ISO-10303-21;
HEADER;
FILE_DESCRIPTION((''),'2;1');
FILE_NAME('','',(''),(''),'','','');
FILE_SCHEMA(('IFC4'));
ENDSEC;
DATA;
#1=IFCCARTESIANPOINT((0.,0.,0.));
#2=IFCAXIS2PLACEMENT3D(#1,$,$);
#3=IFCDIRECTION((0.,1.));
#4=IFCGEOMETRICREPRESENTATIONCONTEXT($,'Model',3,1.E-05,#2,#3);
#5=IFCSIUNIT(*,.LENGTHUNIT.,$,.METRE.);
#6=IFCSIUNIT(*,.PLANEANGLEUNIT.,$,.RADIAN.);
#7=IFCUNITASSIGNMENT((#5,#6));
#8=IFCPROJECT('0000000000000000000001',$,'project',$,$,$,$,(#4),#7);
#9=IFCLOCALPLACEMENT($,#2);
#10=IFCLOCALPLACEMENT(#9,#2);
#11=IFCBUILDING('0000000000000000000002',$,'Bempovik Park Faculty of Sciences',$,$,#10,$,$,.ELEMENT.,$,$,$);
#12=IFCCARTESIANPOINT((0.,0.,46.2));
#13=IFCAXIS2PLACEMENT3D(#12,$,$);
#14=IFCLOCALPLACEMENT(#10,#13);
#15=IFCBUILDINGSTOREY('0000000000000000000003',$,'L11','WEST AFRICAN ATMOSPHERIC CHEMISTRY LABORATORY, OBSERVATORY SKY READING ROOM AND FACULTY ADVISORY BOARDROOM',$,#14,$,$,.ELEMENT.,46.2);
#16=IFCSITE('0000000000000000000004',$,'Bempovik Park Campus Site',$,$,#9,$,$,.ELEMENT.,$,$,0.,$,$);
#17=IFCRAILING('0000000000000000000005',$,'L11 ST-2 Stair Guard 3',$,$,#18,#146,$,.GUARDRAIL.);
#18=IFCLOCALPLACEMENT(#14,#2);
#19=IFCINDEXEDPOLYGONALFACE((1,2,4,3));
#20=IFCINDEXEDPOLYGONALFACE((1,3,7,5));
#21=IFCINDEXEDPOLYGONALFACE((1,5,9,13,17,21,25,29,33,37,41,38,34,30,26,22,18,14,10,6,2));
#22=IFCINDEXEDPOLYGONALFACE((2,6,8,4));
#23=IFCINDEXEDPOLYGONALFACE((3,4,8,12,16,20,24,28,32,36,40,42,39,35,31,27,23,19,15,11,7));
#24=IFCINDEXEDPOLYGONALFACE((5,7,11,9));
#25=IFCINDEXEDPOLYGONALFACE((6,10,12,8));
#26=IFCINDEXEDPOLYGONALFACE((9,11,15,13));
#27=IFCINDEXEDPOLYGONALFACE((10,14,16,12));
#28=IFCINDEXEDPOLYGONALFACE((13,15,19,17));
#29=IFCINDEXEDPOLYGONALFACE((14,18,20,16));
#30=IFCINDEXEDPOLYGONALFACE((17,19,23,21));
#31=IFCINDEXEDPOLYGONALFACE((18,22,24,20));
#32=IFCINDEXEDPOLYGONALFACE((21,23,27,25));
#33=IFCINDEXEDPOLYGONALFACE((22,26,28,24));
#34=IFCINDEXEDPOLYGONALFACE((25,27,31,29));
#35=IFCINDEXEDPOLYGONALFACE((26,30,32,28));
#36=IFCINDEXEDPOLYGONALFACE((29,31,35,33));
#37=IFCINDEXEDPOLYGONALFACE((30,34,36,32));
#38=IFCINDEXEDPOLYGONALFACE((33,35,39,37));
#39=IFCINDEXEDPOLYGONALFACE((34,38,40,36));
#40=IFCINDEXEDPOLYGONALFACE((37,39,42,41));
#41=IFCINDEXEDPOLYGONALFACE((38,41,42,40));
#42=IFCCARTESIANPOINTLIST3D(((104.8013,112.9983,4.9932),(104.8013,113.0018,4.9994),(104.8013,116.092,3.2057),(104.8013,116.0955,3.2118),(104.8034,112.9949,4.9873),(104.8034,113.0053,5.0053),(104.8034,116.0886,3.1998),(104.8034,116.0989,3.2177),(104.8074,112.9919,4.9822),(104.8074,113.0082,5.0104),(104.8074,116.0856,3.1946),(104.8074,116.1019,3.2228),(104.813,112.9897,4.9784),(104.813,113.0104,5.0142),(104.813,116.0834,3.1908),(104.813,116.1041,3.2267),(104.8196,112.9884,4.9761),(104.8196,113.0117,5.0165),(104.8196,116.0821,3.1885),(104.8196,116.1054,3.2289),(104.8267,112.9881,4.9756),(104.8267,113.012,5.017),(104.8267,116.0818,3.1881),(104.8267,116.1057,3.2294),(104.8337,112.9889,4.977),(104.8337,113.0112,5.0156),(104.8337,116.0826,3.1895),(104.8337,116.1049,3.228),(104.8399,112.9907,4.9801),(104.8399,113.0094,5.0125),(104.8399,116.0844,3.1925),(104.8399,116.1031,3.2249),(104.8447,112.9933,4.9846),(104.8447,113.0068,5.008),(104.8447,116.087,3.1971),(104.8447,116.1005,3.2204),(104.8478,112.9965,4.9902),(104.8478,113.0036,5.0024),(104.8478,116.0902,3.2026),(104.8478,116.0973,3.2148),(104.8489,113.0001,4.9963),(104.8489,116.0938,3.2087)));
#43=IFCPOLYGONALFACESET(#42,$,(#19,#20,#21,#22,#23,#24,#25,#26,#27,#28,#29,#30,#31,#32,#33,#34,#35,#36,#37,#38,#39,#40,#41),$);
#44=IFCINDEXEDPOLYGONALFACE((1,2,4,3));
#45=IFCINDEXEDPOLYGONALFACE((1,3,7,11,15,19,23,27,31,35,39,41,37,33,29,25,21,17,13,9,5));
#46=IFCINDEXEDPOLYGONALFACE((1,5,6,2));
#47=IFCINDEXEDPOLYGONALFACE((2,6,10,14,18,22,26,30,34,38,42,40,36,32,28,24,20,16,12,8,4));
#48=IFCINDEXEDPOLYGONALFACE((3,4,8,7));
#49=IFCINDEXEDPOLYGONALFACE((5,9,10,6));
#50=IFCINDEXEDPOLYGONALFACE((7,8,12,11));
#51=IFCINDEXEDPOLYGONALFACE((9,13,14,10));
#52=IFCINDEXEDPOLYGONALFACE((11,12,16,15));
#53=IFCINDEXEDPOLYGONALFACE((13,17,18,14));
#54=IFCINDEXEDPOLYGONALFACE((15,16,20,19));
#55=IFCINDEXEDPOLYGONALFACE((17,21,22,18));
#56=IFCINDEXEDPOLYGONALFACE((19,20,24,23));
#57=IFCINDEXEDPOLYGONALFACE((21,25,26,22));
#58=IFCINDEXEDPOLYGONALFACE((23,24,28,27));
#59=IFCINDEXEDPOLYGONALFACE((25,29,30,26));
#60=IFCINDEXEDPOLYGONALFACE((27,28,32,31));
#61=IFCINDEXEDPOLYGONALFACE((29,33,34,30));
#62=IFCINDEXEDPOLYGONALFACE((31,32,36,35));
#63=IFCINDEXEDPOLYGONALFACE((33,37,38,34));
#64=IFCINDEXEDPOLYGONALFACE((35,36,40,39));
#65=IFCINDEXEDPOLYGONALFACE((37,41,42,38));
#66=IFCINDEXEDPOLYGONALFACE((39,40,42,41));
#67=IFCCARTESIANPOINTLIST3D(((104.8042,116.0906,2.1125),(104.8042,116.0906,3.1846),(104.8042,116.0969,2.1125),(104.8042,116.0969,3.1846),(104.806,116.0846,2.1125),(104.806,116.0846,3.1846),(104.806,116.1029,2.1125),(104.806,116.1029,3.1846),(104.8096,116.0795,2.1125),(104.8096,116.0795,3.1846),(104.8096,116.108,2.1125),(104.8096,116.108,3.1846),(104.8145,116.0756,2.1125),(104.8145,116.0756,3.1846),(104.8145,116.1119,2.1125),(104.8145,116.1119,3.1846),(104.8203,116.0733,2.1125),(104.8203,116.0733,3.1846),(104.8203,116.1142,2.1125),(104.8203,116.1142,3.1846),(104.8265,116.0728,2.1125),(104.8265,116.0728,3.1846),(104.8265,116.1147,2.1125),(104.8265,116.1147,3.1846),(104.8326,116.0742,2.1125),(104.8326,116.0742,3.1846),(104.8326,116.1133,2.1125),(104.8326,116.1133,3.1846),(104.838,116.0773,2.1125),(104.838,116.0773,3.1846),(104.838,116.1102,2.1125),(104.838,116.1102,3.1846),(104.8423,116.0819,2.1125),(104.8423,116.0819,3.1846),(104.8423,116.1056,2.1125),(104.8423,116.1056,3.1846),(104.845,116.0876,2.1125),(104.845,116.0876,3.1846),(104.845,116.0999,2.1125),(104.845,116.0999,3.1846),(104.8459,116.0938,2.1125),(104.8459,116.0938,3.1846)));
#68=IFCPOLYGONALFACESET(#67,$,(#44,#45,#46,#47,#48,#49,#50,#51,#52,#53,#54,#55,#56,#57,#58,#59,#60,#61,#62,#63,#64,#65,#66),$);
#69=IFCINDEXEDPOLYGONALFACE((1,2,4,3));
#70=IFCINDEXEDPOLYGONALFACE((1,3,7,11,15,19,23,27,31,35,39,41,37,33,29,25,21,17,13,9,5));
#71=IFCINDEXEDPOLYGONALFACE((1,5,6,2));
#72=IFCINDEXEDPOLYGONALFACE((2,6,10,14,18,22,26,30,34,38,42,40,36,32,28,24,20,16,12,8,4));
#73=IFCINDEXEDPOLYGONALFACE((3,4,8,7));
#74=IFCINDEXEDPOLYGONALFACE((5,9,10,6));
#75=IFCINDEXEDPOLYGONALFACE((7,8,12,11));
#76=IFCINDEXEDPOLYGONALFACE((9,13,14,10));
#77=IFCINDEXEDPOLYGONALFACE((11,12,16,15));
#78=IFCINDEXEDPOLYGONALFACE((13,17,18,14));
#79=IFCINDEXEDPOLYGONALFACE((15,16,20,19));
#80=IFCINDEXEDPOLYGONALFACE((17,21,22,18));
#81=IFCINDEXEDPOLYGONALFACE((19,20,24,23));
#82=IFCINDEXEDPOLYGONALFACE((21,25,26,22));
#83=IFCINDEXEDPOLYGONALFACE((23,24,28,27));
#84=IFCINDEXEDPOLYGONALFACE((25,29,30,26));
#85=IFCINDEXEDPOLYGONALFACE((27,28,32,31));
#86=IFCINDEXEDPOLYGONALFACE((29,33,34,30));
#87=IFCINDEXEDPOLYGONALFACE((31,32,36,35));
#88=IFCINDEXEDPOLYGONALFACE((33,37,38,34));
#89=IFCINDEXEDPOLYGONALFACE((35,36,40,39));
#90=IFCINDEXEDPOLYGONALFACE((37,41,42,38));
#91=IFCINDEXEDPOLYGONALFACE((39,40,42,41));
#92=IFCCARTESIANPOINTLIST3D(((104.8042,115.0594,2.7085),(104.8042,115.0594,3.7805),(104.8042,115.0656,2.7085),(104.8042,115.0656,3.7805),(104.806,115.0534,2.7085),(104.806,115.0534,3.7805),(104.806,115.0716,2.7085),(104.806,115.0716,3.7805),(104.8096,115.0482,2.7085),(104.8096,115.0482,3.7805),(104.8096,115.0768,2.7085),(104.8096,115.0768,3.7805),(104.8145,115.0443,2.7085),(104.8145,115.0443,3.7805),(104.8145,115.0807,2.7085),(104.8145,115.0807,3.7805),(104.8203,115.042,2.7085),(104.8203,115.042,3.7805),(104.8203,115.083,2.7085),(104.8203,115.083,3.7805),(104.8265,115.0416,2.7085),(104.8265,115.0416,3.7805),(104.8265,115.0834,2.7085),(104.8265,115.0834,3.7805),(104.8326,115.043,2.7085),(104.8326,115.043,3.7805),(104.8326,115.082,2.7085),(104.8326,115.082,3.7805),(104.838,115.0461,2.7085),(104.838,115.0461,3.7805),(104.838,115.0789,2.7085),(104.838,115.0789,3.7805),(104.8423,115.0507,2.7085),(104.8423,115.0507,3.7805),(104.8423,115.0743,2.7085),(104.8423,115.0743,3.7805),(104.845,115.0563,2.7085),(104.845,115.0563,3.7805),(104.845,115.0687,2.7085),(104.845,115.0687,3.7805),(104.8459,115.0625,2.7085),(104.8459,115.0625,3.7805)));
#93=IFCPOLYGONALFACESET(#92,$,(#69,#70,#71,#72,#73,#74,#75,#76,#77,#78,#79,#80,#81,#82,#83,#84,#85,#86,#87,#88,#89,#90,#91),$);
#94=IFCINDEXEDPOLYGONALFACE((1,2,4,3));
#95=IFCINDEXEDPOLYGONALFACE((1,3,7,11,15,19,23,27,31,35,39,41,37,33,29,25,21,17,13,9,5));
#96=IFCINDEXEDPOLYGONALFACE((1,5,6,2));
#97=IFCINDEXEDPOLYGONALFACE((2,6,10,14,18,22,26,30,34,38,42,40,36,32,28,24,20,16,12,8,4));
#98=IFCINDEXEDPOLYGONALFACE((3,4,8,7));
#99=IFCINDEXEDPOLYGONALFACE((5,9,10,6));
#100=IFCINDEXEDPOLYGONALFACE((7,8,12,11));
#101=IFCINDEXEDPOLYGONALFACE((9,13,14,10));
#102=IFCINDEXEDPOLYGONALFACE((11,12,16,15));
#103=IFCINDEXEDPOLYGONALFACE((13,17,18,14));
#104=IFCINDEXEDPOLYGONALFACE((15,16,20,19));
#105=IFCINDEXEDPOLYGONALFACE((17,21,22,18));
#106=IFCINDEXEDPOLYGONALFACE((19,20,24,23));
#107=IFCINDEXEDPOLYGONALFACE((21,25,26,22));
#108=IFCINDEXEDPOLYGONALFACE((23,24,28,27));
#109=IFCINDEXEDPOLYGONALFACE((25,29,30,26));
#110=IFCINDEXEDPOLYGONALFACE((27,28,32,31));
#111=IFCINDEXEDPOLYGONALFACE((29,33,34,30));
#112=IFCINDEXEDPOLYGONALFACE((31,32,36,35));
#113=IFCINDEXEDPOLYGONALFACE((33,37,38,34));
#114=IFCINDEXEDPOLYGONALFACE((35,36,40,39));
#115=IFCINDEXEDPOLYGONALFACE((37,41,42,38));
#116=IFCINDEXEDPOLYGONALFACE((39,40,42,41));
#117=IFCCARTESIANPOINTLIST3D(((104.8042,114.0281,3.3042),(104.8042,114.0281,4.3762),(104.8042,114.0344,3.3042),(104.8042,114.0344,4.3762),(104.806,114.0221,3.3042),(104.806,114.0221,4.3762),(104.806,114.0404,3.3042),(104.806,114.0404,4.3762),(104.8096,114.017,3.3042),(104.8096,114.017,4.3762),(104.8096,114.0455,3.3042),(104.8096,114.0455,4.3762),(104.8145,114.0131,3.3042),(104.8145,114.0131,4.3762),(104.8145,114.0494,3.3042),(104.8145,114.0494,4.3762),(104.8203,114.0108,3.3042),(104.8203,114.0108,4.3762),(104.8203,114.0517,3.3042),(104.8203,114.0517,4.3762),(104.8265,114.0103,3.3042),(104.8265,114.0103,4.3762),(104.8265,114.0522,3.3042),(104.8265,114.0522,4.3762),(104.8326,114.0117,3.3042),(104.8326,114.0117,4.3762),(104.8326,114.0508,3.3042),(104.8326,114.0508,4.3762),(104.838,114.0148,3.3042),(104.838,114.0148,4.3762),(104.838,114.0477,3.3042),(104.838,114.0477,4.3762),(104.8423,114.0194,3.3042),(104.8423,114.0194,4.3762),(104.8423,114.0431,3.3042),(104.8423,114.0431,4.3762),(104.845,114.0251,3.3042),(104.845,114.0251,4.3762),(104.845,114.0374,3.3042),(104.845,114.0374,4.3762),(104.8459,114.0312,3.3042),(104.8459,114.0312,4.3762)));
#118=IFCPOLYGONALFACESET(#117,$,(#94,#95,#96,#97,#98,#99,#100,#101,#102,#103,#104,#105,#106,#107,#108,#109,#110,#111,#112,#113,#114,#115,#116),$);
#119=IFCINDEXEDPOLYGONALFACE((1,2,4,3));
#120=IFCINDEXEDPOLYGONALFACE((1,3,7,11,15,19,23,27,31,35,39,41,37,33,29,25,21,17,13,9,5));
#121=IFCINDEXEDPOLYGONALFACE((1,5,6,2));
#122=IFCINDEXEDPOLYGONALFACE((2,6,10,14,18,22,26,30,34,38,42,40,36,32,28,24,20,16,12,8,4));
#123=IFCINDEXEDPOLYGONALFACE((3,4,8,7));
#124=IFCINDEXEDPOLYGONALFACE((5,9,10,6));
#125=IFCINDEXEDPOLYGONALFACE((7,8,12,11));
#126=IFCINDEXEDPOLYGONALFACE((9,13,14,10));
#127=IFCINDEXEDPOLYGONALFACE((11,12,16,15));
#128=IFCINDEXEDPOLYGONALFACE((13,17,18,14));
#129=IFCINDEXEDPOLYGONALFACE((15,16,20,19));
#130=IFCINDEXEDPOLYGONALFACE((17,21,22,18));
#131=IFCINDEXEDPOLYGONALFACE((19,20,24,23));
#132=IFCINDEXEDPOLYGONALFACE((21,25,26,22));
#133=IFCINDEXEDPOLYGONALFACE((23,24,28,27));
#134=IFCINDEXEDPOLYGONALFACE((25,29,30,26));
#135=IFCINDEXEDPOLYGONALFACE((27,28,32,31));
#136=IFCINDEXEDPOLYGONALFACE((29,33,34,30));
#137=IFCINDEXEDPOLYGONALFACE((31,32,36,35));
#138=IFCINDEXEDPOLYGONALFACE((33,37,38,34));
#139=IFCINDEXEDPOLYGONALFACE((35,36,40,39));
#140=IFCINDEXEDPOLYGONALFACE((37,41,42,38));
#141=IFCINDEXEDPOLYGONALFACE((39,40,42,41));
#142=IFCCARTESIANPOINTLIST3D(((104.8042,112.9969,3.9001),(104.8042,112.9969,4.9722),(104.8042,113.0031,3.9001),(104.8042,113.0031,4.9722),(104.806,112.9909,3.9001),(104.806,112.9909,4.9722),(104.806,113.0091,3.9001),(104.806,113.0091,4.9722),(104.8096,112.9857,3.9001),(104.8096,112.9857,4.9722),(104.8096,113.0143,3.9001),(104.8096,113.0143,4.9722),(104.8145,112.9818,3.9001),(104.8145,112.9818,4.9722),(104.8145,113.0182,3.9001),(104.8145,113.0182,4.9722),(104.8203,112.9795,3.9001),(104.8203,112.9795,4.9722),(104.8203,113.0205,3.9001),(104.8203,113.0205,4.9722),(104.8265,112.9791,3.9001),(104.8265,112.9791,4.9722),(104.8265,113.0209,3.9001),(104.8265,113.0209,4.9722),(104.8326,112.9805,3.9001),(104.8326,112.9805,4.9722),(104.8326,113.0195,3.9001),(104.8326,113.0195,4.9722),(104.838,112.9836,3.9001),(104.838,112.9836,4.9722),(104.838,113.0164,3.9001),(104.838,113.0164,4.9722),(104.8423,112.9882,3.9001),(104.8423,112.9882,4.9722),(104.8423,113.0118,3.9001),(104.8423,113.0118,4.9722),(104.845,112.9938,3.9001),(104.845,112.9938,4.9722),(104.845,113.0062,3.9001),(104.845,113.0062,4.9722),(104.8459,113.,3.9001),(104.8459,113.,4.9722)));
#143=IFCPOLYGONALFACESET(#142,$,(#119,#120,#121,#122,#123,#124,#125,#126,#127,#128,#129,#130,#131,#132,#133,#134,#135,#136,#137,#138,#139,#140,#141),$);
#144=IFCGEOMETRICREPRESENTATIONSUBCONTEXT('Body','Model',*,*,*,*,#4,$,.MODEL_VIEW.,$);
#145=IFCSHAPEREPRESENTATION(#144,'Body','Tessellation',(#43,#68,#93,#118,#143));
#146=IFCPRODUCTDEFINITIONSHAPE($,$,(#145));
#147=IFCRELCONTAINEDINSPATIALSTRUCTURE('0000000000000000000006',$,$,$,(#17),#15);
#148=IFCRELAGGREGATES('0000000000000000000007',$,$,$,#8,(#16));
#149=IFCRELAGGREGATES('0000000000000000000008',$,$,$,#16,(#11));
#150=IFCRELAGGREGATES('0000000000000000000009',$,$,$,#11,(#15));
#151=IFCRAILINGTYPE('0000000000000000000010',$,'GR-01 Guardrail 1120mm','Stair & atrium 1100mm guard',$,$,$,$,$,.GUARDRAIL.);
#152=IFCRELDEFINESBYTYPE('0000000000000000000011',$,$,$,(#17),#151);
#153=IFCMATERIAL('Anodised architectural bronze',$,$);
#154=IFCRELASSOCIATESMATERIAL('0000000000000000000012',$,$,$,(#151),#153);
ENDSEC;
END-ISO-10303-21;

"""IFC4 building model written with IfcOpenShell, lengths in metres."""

from ifc_helpers import new_model, si_unit, direction, frame, origin, origin_2d, place, context, subcontext, project, spatial, circle, extrude, material, type_object, element, save


model = new_model("IFC4")

# Units and contexts
model_context = context("Model", 3, precision=1e-05, world=origin(), true_north=direction((0.0, 1.0)))
body_context = subcontext(model_context, "Body", "Model", "MODEL_VIEW")
ifc_project = project(units=[si_unit("LENGTHUNIT", "METRE"), si_unit("PLANEANGLEUNIT", "RADIAN")], contexts=[model_context])

# Site, building, storey
site_placement = place(None, origin())
site = spatial("IfcSite", under=ifc_project, at=site_placement, Name="Bempovik Park Campus Site", CompositionType="ELEMENT", RefElevation=0.0)
building_placement = place(site_placement, origin())
building = spatial("IfcBuilding", under=site, at=building_placement, Name="Bempovik Park Faculty of Sciences", CompositionType="ELEMENT")
storey_placement = place(building_placement, frame((0.0, 0.0, 46.2)))
storey = spatial("IfcBuildingStorey", under=building, at=storey_placement, Name="L11", Description="WEST AFRICAN ATMOSPHERIC CHEMISTRY LABORATORY, OBSERVATORY SKY READING ROOM AND FACULTY ADVISORY BOARDROOM", CompositionType="ELEMENT", Elevation=46.2)

# Railing
ifc_material_1 = material(Name="Anodised architectural bronze")
railing_type_1 = type_object("IfcRailingType", Name="GR-01 Guardrail 1120mm", Description="Stair & atrium 1100mm guard", PredefinedType="GUARDRAIL", material=ifc_material_1)
railing_1_placement = place(storey_placement, frame((104.825, 116.0938, 2.1125)))
element("IfcRailing", 1, at=railing_1_placement, inside=storey, type_object=railing_type_1, Name="L11 ST-2 Stair Guard 3", PredefinedType="GUARDRAIL", context=body_context, shape_type="SweptSolid", body=[
    extrude(circle(Radius=0.0239, at=origin_2d()), frame((0.0, 0.0, 1.0962), z_axis=(0.0, -0.865853, 0.500298), x_axis=(1.0, 0.0, 0.0)), (0.0, 0.0, 1.0), 3.573),
    extrude(circle(Radius=0.021, at=origin_2d()), origin(), (0.0, 0.0, 1.0), 1.072),
    extrude(circle(Radius=0.021, at=origin_2d()), frame((0.0, -1.0312, 0.5959)), (0.0, 0.0, 1.0), 1.072),
    extrude(circle(Radius=0.021, at=origin_2d()), frame((0.0, -2.0625, 1.1917)), (0.0, 0.0, 1.0), 1.072),
    extrude(circle(Radius=0.021, at=origin_2d()), frame((0.0, -3.0938, 1.7876)), (0.0, 0.0, 1.0), 1.072),
])

save(model, "model.ifc")
